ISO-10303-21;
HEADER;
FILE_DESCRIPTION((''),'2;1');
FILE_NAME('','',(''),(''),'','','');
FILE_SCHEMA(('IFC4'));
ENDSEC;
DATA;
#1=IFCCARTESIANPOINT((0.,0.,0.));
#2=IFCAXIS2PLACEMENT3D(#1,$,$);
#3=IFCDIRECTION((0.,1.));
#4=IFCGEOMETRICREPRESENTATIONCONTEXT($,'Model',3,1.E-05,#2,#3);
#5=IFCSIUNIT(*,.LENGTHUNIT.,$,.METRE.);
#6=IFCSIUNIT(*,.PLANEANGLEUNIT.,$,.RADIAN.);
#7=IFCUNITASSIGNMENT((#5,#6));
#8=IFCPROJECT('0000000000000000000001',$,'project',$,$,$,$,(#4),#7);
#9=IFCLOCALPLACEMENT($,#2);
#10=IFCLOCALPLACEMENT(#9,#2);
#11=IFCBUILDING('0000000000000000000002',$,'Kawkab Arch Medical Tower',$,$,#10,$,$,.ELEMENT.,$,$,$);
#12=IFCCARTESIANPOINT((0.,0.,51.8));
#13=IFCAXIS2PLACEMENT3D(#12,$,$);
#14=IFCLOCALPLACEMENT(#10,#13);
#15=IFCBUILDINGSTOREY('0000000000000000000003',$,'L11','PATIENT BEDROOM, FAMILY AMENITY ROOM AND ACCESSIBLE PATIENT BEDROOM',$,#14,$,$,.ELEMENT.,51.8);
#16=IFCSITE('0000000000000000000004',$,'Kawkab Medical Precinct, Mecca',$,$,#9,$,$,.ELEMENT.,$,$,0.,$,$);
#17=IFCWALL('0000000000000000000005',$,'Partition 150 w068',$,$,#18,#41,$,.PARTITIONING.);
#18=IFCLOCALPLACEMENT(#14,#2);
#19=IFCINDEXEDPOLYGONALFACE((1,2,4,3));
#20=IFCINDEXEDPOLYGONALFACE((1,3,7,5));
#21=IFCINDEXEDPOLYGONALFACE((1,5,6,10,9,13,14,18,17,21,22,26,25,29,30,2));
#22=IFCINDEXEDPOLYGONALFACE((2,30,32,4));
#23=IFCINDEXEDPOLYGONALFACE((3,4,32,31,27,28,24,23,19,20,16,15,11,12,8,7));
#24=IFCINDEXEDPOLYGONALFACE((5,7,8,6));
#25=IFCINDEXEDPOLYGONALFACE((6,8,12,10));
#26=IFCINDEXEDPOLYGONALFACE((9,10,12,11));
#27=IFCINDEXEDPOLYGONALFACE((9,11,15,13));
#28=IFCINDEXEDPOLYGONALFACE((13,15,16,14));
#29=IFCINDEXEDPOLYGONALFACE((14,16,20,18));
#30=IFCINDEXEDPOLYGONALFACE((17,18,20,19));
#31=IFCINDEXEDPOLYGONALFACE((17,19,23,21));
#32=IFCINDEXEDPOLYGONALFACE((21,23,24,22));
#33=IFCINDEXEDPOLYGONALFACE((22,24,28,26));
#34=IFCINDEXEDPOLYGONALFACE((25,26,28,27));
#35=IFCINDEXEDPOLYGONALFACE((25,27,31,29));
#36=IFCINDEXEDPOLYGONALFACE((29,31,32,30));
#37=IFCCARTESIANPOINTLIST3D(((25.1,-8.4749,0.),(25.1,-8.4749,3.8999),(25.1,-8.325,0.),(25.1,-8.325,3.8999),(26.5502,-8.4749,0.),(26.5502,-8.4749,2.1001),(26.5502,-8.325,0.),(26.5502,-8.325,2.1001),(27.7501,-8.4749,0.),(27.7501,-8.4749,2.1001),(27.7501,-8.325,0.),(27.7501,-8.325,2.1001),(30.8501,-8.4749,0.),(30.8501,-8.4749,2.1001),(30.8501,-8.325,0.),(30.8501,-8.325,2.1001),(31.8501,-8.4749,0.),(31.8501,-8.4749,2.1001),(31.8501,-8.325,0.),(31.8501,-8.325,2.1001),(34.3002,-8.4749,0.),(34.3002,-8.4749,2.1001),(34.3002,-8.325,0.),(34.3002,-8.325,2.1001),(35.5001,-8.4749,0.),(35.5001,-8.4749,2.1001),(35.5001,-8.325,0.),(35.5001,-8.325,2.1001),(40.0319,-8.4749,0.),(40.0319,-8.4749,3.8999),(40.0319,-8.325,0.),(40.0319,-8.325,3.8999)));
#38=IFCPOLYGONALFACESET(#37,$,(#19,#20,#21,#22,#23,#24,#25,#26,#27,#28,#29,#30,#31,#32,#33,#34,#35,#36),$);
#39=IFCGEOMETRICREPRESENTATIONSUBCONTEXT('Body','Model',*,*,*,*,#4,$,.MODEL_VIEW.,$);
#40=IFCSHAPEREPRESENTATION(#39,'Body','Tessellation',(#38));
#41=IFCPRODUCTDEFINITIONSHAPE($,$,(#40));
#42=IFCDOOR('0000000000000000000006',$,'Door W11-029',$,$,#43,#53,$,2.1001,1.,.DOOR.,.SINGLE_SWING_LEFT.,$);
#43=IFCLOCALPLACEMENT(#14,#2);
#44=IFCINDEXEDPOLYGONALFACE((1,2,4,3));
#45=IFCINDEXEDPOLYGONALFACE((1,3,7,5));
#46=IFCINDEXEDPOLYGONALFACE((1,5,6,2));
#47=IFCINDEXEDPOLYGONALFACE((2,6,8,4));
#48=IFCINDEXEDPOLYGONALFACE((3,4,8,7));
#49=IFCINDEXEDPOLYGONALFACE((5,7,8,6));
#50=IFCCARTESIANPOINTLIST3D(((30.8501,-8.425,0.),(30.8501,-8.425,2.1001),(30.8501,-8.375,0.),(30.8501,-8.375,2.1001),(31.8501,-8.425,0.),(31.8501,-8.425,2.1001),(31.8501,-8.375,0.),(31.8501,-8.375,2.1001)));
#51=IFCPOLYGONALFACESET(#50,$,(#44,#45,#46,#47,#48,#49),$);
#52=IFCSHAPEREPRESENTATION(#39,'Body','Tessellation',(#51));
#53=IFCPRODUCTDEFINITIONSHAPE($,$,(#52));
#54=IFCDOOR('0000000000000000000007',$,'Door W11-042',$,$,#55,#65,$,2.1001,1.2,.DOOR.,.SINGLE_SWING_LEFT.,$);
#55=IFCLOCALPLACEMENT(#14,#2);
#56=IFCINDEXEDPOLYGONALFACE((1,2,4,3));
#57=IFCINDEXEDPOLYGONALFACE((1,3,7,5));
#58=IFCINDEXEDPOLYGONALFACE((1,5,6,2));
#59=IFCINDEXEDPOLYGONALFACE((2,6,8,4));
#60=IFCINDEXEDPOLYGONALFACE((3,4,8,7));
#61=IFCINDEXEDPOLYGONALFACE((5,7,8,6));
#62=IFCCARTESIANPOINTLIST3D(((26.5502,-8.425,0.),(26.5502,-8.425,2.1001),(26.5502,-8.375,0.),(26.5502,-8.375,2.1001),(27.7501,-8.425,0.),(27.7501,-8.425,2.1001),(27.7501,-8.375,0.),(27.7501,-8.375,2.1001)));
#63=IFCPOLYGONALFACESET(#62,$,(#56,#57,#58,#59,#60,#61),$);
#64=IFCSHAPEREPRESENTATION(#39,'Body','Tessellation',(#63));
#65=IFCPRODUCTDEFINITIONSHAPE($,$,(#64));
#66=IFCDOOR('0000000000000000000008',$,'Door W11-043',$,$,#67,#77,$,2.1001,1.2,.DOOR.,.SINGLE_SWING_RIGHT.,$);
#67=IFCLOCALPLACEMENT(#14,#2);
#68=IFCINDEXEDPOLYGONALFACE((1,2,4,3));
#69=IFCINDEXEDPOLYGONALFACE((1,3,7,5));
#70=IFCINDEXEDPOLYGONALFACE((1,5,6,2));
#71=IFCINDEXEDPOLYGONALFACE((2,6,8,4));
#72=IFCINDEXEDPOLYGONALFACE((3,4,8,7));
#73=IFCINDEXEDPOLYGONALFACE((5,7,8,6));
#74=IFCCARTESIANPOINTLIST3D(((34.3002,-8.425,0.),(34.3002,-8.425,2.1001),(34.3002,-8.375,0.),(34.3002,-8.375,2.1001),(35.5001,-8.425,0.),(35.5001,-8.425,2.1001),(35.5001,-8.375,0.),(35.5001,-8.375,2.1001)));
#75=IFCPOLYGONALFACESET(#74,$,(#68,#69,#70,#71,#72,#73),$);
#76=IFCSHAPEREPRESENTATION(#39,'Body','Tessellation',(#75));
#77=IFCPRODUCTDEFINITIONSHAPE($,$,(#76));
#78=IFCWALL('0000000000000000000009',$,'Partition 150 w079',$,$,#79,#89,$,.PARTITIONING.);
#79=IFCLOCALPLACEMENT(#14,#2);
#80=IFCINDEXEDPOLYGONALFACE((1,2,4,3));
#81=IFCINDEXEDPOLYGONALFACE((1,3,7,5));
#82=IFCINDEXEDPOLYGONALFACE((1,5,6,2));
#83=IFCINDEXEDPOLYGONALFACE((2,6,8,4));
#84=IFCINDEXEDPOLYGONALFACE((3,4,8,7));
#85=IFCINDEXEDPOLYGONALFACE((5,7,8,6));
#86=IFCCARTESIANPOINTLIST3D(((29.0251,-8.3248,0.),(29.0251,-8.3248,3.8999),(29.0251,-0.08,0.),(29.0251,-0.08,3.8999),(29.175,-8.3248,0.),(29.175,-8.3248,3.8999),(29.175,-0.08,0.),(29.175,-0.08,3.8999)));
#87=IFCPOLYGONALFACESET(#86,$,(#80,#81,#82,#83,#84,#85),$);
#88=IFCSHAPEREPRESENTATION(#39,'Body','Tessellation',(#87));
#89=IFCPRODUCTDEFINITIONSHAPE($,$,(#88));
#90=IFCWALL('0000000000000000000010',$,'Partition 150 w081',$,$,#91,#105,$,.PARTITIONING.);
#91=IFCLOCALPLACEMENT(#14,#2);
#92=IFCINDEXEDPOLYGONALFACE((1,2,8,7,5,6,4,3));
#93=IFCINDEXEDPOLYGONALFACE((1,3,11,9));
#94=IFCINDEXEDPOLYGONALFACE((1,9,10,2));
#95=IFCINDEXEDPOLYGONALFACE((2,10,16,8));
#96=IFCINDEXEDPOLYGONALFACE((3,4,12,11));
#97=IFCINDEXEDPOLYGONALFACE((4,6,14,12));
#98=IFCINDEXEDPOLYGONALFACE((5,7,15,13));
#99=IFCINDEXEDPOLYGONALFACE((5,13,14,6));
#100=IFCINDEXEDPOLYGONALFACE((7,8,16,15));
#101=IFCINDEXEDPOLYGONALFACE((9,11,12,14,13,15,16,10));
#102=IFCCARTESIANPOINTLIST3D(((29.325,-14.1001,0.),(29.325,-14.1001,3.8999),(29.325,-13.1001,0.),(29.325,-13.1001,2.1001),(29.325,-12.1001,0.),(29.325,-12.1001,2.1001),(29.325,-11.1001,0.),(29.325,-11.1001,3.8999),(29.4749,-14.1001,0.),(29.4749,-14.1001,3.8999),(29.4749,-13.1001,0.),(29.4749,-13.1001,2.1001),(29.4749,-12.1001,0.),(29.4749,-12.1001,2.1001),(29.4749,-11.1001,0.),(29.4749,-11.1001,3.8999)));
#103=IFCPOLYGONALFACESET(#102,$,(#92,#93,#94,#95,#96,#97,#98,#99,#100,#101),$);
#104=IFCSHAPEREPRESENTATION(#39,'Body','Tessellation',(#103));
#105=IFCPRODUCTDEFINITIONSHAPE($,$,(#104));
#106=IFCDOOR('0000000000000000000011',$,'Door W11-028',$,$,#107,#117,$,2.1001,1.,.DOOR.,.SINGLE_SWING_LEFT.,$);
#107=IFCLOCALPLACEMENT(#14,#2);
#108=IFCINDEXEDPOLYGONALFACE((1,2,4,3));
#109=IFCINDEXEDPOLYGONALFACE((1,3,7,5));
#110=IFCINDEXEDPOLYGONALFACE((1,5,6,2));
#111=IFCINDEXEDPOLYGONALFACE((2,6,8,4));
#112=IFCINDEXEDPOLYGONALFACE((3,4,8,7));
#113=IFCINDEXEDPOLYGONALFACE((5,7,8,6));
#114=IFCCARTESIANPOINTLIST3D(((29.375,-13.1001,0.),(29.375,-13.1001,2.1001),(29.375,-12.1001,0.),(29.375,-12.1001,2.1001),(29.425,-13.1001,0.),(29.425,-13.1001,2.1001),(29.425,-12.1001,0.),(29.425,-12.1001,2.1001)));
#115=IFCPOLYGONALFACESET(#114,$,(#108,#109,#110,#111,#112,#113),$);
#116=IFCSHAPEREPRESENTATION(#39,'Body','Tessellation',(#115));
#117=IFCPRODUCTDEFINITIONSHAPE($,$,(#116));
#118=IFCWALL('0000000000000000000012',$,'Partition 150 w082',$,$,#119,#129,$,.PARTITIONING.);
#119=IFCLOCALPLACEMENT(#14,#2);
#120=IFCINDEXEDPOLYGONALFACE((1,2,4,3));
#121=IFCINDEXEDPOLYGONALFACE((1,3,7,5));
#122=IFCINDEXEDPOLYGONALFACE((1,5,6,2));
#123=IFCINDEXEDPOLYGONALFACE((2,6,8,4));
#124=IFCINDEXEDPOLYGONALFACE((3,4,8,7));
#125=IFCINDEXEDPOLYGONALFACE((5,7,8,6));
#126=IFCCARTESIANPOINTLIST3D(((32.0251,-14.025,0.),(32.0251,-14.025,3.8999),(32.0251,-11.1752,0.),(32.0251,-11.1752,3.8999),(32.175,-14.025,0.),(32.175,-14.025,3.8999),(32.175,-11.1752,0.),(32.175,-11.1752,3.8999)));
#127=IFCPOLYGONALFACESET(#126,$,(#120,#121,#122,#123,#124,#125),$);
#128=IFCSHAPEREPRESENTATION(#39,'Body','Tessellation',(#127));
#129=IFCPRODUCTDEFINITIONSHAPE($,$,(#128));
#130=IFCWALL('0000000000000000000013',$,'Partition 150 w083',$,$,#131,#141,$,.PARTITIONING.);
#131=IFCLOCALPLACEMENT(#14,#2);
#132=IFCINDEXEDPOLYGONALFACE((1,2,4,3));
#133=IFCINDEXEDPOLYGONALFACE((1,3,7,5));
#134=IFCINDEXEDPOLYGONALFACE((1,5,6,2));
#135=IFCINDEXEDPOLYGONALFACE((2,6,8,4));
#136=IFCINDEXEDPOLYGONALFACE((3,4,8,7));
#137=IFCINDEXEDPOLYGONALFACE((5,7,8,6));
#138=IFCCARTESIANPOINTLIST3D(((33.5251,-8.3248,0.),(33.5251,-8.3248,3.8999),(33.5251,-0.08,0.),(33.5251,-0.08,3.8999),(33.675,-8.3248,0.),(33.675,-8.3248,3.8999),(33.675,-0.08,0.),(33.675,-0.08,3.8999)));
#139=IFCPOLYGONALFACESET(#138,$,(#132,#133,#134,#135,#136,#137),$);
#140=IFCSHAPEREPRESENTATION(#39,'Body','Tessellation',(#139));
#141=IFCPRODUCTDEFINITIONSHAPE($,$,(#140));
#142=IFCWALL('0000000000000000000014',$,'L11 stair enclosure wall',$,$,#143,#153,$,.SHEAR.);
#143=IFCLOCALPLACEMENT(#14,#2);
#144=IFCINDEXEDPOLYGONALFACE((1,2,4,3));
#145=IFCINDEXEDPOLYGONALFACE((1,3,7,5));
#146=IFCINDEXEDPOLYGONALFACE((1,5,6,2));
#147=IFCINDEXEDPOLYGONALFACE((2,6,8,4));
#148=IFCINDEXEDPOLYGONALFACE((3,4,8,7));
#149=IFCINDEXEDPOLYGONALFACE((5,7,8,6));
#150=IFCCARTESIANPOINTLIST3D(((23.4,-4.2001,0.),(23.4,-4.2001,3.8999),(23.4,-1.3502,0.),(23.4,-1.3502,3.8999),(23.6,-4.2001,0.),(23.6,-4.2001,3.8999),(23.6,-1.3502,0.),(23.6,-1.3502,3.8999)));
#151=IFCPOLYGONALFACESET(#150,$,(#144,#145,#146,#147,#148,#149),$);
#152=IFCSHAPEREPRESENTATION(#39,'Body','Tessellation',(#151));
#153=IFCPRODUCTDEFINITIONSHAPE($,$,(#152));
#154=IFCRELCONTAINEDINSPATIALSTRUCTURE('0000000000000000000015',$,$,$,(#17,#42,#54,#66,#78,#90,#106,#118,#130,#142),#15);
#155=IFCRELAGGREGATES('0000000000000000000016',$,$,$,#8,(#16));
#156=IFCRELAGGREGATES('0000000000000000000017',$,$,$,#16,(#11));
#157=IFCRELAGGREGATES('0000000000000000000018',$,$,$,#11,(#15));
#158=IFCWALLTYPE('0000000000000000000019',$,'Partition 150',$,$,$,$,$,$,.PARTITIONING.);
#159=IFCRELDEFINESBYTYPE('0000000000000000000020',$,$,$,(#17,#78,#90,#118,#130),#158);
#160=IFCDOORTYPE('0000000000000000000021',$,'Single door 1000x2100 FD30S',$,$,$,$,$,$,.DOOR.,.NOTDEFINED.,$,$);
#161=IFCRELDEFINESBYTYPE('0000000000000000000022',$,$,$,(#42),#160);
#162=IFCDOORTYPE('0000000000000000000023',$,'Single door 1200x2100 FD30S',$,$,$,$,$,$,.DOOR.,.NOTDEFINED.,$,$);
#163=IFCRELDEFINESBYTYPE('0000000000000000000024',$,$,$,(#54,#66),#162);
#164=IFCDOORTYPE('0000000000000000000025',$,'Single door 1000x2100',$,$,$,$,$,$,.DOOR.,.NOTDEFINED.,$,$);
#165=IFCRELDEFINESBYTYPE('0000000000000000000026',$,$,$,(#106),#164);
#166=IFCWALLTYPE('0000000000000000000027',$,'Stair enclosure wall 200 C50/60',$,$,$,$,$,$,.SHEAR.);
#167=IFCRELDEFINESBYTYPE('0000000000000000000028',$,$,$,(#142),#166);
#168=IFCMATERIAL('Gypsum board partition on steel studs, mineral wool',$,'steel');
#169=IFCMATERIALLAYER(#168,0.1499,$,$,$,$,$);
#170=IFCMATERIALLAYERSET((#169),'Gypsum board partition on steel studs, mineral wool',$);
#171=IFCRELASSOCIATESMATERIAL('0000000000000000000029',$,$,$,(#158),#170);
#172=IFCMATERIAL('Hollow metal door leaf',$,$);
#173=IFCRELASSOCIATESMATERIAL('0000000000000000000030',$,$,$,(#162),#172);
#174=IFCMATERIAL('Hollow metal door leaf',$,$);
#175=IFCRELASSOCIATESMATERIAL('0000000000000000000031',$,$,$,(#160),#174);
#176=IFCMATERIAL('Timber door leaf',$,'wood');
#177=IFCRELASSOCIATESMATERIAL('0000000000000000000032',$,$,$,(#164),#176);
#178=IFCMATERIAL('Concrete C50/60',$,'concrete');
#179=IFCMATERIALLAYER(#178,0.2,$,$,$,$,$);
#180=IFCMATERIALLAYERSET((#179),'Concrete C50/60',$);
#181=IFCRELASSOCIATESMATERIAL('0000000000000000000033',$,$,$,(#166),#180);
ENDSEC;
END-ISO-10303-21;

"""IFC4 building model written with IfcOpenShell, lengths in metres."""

from ifc_helpers import new_model, si_unit, direction, frame, frame_2d, origin, place, context, subcontext, project, spatial, rectangle, extrude, material, layer, layer_set, type_object, element, fill, save


model = new_model("IFC4")

# Units and contexts
model_context = context("Model", 3, precision=1e-05, world=origin(), true_north=direction((0.0, 1.0)))
body_context = subcontext(model_context, "Body", "Model", "MODEL_VIEW")
ifc_project = project(units=[si_unit("LENGTHUNIT", "METRE"), si_unit("PLANEANGLEUNIT", "RADIAN")], contexts=[model_context])

# Site, building, storey
site_placement = place(None, origin())
site = spatial("IfcSite", under=ifc_project, at=site_placement, Name="Kawkab Medical Precinct, Mecca", CompositionType="ELEMENT", RefElevation=0.0)
building_placement = place(site_placement, origin())
building = spatial("IfcBuilding", under=site, at=building_placement, Name="Kawkab Arch Medical Tower", CompositionType="ELEMENT")
storey_placement = place(building_placement, frame((0.0, 0.0, 51.8)))
storey = spatial("IfcBuildingStorey", under=building, at=storey_placement, Name="L11", Description="PATIENT BEDROOM, FAMILY AMENITY ROOM AND ACCESSIBLE PATIENT BEDROOM", CompositionType="ELEMENT", Elevation=51.8)

# Shared definitions
ifc_material_1 = material(Name="Gypsum board partition on steel studs, mineral wool", Category="steel")
ifc_layer_1 = layer(ifc_material_1, 0.1499)
ifc_layer_set_1 = layer_set([ifc_layer_1], Name="Gypsum board partition on steel studs, mineral wool")
wall_type_1 = type_object("IfcWallType", Name="Partition 150", PredefinedType="PARTITIONING", material=ifc_layer_set_1)
ifc_material_2 = material(Name="Hollow metal door leaf")
door_type_1 = type_object("IfcDoorType", Name="Single door 1200x2100 FD30S", OperationType="NOTDEFINED", PredefinedType="DOOR", material=ifc_material_2)

# Wall, openings, doors
wall_1_placement = place(storey_placement, frame((25.1001, -8.3999, 0.0), z_axis=(0.0, 0.0, 1.0), x_axis=(1.0, 0.0, 0.0)))
wall_1 = element("IfcWall", 1, at=wall_1_placement, inside=storey, type_object=wall_type_1, Name="Partition 150 w068", PredefinedType="PARTITIONING", context=body_context, shape_type="SweptSolid", body=[
    extrude(rectangle(XDim=14.9319, YDim=0.1499, at=frame_2d((7.4658, 0.0))), origin(), (0.0, 0.0, 1.0), 3.8999),
])
opening_1_placement = place(wall_1_placement, frame((1.45, 0.0, 0.0)))
opening_1 = element("IfcOpeningElement", 2, at=opening_1_placement, cuts=wall_1, PredefinedType="OPENING", context=body_context, shape_type="SweptSolid", body=[
    extrude(rectangle(XDim=1.2, YDim=2.1001, at=frame_2d((0.6001, 1.05))), frame((0.0, 0.085, 0.0), z_axis=(0.0, -1.0, 0.0), x_axis=(1.0, 0.0, 0.0)), (0.0, 0.0, 1.0), 0.1699),
])
opening_2_placement = place(wall_1_placement, frame((5.75, 0.0, 0.0)))
opening_2 = element("IfcOpeningElement", 3, at=opening_2_placement, cuts=wall_1, PredefinedType="OPENING", context=body_context, shape_type="SweptSolid", body=[
    extrude(rectangle(XDim=1.0, YDim=2.1001, at=frame_2d((0.5, 1.05))), frame((0.0, 0.085, 0.0), z_axis=(0.0, -1.0, 0.0), x_axis=(1.0, 0.0, 0.0)), (0.0, 0.0, 1.0), 0.1699),
])
opening_3_placement = place(wall_1_placement, frame((9.2, 0.0, 0.0)))
opening_3 = element("IfcOpeningElement", 4, at=opening_3_placement, cuts=wall_1, PredefinedType="OPENING", context=body_context, shape_type="SweptSolid", body=[
    extrude(rectangle(XDim=1.2, YDim=2.1001, at=frame_2d((0.6001, 1.05))), frame((0.0, 0.085, 0.0), z_axis=(0.0, -1.0, 0.0), x_axis=(1.0, 0.0, 0.0)), (0.0, 0.0, 1.0), 0.1699),
])
ifc_material_3 = material(Name="Hollow metal door leaf")
door_type_2 = type_object("IfcDoorType", Name="Single door 1000x2100 FD30S", OperationType="NOTDEFINED", PredefinedType="DOOR", material=ifc_material_3)
door_1_placement = place(opening_2_placement, origin())
door_1 = element("IfcDoor", 5, at=door_1_placement, inside=storey, type_object=door_type_2, Name="Door W11-029", OperationType="SINGLE_SWING_LEFT", OverallHeight=2.1001, OverallWidth=1.0, PredefinedType="DOOR", context=body_context, shape_type="SweptSolid", body=[
    extrude(rectangle(XDim=1.0, YDim=2.1001, at=frame_2d((0.5, 1.05))), frame((0.0, 0.0249, 0.0), z_axis=(0.0, -1.0, 0.0), x_axis=(1.0, 0.0, 0.0)), (0.0, 0.0, 1.0), 0.05),
])
fill(opening_2, door_1)
door_2_placement = place(opening_1_placement, origin())
door_2 = element("IfcDoor", 6, at=door_2_placement, inside=storey, type_object=door_type_1, Name="Door W11-042", OperationType="SINGLE_SWING_LEFT", OverallHeight=2.1001, OverallWidth=1.2, PredefinedType="DOOR", context=body_context, shape_type="SweptSolid", body=[
    extrude(rectangle(XDim=1.2, YDim=2.1001, at=frame_2d((0.6001, 1.05))), frame((0.0, 0.0249, 0.0), z_axis=(0.0, -1.0, 0.0), x_axis=(1.0, 0.0, 0.0)), (0.0, 0.0, 1.0), 0.05),
])
fill(opening_1, door_2)
door_3_placement = place(opening_3_placement, origin())
door_3 = element("IfcDoor", 7, at=door_3_placement, inside=storey, type_object=door_type_1, Name="Door W11-043", OperationType="SINGLE_SWING_RIGHT", OverallHeight=2.1001, OverallWidth=1.2, PredefinedType="DOOR", context=body_context, shape_type="SweptSolid", body=[
    extrude(rectangle(XDim=1.2, YDim=2.1001, at=frame_2d((0.6001, 1.05))), frame((0.0, 0.0249, 0.0), z_axis=(0.0, -1.0, 0.0), x_axis=(1.0, 0.0, 0.0)), (0.0, 0.0, 1.0), 0.05),
])
fill(opening_3, door_3)

# Wall
wall_2_placement = place(storey_placement, frame((29.1001, -8.325, 0.0), z_axis=(0.0, 0.0, 1.0), x_axis=(0.0, 1.0, 0.0)))
element("IfcWall", 8, at=wall_2_placement, inside=storey, type_object=wall_type_1, Name="Partition 150 w079", PredefinedType="PARTITIONING", context=body_context, shape_type="SweptSolid", body=[
    extrude(rectangle(XDim=8.2449, YDim=0.1499, at=frame_2d((4.1226, 0.0))), origin(), (0.0, 0.0, 1.0), 3.8999),
])

# Wall, opening, door
wall_3_placement = place(storey_placement, frame((29.3999, -14.1001, 0.0), z_axis=(0.0, 0.0, 1.0), x_axis=(0.0, 1.0, 0.0)))
wall_3 = element("IfcWall", 9, at=wall_3_placement, inside=storey, type_object=wall_type_1, Name="Partition 150 w081", PredefinedType="PARTITIONING", context=body_context, shape_type="SweptSolid", body=[
    extrude(rectangle(XDim=3.0, YDim=0.1499, at=frame_2d((1.5, 0.0))), origin(), (0.0, 0.0, 1.0), 3.8999),
])
opening_4_placement = place(wall_3_placement, frame((1.0, 0.0, 0.0)))
opening_4 = element("IfcOpeningElement", 10, at=opening_4_placement, cuts=wall_3, PredefinedType="OPENING", context=body_context, shape_type="SweptSolid", body=[
    extrude(rectangle(XDim=1.0, YDim=2.1001, at=frame_2d((0.5, 1.05))), frame((0.0, 0.085, 0.0), z_axis=(0.0, -1.0, 0.0), x_axis=(1.0, 0.0, 0.0)), (0.0, 0.0, 1.0), 0.1699),
])
ifc_material_4 = material(Name="Timber door leaf", Category="wood")
door_type_3 = type_object("IfcDoorType", Name="Single door 1000x2100", OperationType="NOTDEFINED", PredefinedType="DOOR", material=ifc_material_4)
door_4_placement = place(opening_4_placement, origin())
door_4 = element("IfcDoor", 11, at=door_4_placement, inside=storey, type_object=door_type_3, Name="Door W11-028", OperationType="SINGLE_SWING_LEFT", OverallHeight=2.1001, OverallWidth=1.0, PredefinedType="DOOR", context=body_context, shape_type="SweptSolid", body=[
    extrude(rectangle(XDim=1.0, YDim=2.1001, at=frame_2d((0.5, 1.05))), frame((0.0, 0.0249, 0.0), z_axis=(0.0, -1.0, 0.0), x_axis=(1.0, 0.0, 0.0)), (0.0, 0.0, 1.0), 0.05),
])
fill(opening_4, door_4)

# Walls
wall_4_placement = place(storey_placement, frame((32.1001, -14.0249, 0.0), z_axis=(0.0, 0.0, 1.0), x_axis=(0.0, 1.0, 0.0)))
element("IfcWall", 12, at=wall_4_placement, inside=storey, type_object=wall_type_1, Name="Partition 150 w082", PredefinedType="PARTITIONING", context=body_context, shape_type="SweptSolid", body=[
    extrude(rectangle(XDim=2.8499, YDim=0.1499, at=frame_2d((1.4248, 0.0))), origin(), (0.0, 0.0, 1.0), 3.8999),
])
wall_5_placement = place(storey_placement, frame((33.6001, -8.325, 0.0), z_axis=(0.0, 0.0, 1.0), x_axis=(0.0, 1.0, 0.0)))
element("IfcWall", 13, at=wall_5_placement, inside=storey, type_object=wall_type_1, Name="Partition 150 w083", PredefinedType="PARTITIONING", context=body_context, shape_type="SweptSolid", body=[
    extrude(rectangle(XDim=8.2449, YDim=0.1499, at=frame_2d((4.1226, 0.0))), origin(), (0.0, 0.0, 1.0), 3.8999),
])
ifc_material_5 = material(Name="Concrete C50/60", Category="concrete")
ifc_layer_2 = layer(ifc_material_5, 0.2)
ifc_layer_set_2 = layer_set([ifc_layer_2], Name="Concrete C50/60")
wall_type_2 = type_object("IfcWallType", Name="Stair enclosure wall 200 C50/60", PredefinedType="SHEAR", material=ifc_layer_set_2)
wall_6_placement = place(storey_placement, frame((23.5, -4.2, 0.0), z_axis=(0.0, 0.0, 1.0), x_axis=(0.0, 1.0, 0.0)))
element("IfcWall", 14, at=wall_6_placement, inside=storey, type_object=wall_type_2, Name="L11 stair enclosure wall", PredefinedType="SHEAR", context=body_context, shape_type="SweptSolid", body=[
    extrude(rectangle(XDim=2.8499, YDim=0.2, at=frame_2d((1.4248, 0.0))), origin(), (0.0, 0.0, 1.0), 3.8999),
])

save(model, "model.ifc")
